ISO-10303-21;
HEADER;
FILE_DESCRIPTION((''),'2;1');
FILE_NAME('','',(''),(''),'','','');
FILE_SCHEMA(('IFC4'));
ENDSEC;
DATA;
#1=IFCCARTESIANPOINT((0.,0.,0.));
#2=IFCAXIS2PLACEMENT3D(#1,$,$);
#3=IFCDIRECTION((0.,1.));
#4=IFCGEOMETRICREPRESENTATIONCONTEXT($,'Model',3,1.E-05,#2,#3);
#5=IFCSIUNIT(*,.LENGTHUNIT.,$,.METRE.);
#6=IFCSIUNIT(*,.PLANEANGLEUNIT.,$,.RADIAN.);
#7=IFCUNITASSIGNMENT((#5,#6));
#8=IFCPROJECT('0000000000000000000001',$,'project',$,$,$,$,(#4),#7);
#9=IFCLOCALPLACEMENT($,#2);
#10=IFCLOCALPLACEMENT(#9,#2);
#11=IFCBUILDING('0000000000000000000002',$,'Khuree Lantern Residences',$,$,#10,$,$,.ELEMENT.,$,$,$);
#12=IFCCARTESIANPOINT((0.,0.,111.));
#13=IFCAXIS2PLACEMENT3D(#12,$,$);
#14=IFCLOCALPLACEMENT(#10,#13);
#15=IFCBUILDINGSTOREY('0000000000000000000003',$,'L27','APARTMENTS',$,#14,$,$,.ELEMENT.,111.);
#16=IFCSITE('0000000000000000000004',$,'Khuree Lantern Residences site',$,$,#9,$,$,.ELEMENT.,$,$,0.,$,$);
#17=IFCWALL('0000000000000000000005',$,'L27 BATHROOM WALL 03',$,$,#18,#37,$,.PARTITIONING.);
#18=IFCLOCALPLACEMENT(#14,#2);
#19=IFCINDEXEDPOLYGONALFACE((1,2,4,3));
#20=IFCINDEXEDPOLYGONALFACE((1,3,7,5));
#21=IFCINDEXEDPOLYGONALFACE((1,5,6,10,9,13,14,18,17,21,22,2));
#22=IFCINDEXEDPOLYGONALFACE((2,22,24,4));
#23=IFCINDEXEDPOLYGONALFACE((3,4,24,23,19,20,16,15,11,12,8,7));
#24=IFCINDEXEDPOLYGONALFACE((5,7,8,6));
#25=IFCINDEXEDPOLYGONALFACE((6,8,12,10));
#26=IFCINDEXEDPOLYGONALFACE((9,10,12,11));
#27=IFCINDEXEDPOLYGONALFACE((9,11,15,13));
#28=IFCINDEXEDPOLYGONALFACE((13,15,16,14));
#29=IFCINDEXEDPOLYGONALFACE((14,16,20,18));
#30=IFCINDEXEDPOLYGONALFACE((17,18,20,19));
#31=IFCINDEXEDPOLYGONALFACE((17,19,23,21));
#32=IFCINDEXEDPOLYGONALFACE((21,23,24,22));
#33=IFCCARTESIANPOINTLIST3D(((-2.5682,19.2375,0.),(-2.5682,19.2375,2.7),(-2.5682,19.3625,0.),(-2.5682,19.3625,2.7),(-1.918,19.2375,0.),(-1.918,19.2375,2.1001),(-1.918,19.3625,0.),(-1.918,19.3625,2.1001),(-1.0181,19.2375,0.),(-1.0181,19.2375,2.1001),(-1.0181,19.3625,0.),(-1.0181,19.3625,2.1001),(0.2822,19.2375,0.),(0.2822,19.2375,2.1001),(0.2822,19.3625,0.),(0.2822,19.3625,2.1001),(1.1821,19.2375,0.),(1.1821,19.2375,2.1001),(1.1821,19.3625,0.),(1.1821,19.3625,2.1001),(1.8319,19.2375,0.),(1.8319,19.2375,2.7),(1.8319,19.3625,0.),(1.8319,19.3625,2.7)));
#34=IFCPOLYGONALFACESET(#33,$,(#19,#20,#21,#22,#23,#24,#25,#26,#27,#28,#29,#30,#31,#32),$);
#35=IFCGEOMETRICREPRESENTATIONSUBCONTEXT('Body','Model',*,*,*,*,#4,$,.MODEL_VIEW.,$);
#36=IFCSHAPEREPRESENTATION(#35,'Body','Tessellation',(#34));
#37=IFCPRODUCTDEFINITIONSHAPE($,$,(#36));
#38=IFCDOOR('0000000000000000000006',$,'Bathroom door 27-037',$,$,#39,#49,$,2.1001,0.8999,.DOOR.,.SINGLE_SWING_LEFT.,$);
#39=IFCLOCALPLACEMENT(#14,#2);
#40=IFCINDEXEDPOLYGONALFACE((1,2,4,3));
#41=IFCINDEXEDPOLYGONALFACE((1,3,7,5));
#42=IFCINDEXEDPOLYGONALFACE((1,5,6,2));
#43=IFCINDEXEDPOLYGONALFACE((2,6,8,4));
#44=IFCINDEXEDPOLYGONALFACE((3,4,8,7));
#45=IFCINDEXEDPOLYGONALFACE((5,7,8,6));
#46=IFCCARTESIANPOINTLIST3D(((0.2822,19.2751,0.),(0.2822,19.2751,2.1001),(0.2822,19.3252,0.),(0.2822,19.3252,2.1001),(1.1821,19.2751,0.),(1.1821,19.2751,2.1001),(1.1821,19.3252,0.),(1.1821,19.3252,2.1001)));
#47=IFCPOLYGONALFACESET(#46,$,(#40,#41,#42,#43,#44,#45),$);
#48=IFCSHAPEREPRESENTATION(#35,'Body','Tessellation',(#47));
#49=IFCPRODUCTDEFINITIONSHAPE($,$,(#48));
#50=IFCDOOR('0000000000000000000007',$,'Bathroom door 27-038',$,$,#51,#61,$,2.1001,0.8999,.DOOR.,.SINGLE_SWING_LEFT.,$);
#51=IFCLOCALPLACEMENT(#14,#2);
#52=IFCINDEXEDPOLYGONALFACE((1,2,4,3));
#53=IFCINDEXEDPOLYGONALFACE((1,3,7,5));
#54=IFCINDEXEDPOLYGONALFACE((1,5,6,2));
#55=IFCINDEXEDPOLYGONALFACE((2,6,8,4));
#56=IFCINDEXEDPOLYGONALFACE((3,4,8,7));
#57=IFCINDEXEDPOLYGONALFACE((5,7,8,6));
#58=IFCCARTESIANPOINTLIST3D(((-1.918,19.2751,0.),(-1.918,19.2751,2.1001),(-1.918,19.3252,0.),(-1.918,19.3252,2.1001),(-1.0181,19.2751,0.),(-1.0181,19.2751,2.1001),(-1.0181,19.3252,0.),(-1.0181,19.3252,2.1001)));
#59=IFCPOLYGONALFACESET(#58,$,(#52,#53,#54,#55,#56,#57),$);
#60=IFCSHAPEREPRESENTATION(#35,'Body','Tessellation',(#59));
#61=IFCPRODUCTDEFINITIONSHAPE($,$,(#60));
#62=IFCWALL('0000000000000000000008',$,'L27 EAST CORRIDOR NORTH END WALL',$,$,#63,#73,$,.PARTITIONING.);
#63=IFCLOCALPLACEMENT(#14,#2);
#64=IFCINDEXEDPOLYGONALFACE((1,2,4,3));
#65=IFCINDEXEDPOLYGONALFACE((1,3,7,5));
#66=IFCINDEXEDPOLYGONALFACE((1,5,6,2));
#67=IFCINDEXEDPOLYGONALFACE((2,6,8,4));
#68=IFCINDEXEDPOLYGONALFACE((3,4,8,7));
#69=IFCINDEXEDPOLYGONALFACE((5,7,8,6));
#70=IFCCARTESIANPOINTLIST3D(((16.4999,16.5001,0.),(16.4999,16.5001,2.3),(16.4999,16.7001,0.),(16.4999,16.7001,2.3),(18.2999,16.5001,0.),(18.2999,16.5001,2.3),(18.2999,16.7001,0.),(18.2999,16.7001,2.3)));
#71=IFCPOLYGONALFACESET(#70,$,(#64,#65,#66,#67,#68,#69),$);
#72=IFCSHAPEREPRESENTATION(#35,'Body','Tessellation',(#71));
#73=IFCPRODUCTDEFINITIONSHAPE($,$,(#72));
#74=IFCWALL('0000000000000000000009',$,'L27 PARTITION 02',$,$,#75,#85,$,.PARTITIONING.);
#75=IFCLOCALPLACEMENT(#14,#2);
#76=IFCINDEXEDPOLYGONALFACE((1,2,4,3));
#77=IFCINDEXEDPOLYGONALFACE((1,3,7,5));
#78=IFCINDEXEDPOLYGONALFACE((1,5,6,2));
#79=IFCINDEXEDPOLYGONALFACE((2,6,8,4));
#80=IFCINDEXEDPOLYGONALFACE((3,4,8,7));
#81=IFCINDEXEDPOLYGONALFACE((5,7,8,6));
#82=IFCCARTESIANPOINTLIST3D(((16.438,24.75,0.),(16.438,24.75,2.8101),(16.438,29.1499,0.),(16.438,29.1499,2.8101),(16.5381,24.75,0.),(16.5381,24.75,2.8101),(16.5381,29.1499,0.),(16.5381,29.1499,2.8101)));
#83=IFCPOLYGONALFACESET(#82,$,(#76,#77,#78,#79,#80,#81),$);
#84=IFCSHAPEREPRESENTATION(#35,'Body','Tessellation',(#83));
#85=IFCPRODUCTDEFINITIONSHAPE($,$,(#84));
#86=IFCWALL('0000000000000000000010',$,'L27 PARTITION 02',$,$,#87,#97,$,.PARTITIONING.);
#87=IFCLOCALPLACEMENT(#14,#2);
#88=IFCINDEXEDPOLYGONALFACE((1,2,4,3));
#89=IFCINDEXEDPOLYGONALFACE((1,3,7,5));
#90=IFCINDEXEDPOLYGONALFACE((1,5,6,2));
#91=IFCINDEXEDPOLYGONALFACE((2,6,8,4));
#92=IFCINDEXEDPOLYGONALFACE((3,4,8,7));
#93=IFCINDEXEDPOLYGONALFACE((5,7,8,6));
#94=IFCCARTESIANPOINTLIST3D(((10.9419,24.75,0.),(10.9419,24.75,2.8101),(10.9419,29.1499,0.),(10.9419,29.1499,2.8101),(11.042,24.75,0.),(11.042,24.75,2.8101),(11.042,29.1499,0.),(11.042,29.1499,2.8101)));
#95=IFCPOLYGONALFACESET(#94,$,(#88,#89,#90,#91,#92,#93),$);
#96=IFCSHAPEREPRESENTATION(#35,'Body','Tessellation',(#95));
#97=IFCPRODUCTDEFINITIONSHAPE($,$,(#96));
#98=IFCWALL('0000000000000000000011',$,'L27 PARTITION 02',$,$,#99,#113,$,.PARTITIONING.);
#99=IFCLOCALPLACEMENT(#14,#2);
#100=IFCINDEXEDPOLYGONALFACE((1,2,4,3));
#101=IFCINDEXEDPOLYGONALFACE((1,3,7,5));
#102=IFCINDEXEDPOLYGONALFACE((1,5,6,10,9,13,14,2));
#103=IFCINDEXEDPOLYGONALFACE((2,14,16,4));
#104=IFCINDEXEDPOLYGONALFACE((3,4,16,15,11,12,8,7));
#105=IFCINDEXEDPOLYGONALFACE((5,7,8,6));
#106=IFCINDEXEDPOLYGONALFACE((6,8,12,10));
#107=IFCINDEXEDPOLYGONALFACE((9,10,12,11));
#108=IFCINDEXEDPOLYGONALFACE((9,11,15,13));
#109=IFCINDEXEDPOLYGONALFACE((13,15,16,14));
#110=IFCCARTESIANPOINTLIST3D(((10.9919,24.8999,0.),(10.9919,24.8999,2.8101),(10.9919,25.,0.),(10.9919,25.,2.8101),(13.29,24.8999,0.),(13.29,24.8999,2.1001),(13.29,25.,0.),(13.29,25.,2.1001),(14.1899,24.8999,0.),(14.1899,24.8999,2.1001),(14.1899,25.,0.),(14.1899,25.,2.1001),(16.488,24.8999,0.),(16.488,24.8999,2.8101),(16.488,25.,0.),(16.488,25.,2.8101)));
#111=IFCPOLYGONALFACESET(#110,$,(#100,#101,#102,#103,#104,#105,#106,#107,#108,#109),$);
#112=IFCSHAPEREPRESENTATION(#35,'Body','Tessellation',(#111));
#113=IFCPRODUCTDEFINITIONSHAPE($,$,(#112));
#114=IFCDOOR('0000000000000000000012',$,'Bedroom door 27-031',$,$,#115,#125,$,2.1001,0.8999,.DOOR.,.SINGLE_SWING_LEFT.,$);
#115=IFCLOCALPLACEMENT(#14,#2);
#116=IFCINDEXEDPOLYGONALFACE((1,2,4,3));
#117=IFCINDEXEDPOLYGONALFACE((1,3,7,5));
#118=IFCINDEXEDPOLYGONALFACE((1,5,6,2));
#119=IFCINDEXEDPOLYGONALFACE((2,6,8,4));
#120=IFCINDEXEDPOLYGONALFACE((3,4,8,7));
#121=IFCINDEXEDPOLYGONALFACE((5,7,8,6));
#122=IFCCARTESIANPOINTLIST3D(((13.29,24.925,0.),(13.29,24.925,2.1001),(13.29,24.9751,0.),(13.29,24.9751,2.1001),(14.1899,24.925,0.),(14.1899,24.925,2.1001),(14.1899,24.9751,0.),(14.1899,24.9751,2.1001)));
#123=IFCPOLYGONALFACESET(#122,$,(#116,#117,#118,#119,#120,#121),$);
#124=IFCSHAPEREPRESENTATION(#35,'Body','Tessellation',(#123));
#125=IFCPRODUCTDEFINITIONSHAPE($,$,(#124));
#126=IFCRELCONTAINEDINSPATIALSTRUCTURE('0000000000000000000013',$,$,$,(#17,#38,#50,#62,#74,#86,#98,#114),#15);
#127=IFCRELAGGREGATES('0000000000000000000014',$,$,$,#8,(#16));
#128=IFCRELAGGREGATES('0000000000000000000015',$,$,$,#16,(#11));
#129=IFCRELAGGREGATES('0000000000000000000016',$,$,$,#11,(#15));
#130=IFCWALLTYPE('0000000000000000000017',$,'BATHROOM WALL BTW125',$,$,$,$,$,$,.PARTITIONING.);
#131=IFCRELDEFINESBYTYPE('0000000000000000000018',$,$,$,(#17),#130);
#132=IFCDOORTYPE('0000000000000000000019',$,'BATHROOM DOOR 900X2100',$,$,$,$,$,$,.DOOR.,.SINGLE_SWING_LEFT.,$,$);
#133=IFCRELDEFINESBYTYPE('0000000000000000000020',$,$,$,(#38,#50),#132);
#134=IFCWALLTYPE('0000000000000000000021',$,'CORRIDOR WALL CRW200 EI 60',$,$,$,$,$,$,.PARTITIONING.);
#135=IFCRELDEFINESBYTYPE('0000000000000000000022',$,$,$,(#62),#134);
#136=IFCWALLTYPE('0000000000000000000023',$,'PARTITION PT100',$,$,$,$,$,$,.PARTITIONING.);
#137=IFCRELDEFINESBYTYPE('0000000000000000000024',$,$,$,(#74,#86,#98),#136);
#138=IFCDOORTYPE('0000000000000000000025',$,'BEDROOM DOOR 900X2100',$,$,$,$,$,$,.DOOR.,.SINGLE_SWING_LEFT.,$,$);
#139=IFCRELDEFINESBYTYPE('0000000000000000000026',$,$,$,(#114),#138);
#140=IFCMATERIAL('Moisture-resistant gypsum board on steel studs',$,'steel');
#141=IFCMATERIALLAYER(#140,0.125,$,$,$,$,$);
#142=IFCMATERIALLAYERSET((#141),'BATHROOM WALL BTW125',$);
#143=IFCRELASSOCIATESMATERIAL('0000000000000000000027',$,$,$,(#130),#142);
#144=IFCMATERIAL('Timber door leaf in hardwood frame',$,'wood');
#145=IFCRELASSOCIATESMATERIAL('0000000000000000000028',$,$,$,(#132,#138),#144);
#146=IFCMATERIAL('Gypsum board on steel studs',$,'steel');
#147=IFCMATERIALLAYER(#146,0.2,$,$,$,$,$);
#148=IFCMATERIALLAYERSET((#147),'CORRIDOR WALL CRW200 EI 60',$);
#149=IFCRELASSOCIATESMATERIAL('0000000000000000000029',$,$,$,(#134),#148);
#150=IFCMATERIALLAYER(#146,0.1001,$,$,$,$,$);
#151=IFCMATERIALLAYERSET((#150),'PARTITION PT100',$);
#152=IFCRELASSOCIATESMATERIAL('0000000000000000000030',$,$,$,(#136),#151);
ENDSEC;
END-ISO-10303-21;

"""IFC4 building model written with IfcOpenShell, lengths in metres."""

from ifc_helpers import new_model, si_unit, direction, frame, frame_2d, origin, place, context, subcontext, project, spatial, rectangle, extrude, material, layer, layer_set, type_object, element, fill, save


model = new_model("IFC4")

# Units and contexts
model_context = context("Model", 3, precision=1e-05, world=origin(), true_north=direction((0.0, 1.0)))
body_context = subcontext(model_context, "Body", "Model", "MODEL_VIEW")
ifc_project = project(units=[si_unit("LENGTHUNIT", "METRE"), si_unit("PLANEANGLEUNIT", "RADIAN")], contexts=[model_context])

# Site, building, storey
site_placement = place(None, origin())
site = spatial("IfcSite", under=ifc_project, at=site_placement, Name="Khuree Lantern Residences site", CompositionType="ELEMENT", RefElevation=0.0)
building_placement = place(site_placement, origin())
building = spatial("IfcBuilding", under=site, at=building_placement, Name="Khuree Lantern Residences", CompositionType="ELEMENT")
storey_placement = place(building_placement, frame((0.0, 0.0, 111.0)))
storey = spatial("IfcBuildingStorey", under=building, at=storey_placement, Name="L27", Description="APARTMENTS", CompositionType="ELEMENT", Elevation=111.0)

# Wall, openings, doors
ifc_material_1 = material(Name="Moisture-resistant gypsum board on steel studs", Category="steel")
ifc_layer_1 = layer(ifc_material_1, 0.125)
ifc_layer_set_1 = layer_set([ifc_layer_1], Name="BATHROOM WALL BTW125")
wall_type_1 = type_object("IfcWallType", Name="BATHROOM WALL BTW125", PredefinedType="PARTITIONING", material=ifc_layer_set_1)
wall_1_placement = place(storey_placement, frame((1.832, 19.3, 0.0), z_axis=(0.0, 0.0, 1.0), x_axis=(-1.0, 0.0, 0.0)))
wall_1 = element("IfcWall", 1, at=wall_1_placement, inside=storey, type_object=wall_type_1, Name="L27 BATHROOM WALL 03", PredefinedType="PARTITIONING", context=body_context, shape_type="SweptSolid", body=[
    extrude(rectangle(XDim=4.4001, YDim=0.125, at=frame_2d((2.2002, 0.0))), origin(), (0.0, 0.0, 1.0), 2.7),
])
opening_1_placement = place(wall_1_placement, frame((0.6499, 0.0, 0.0)))
opening_1 = element("IfcOpeningElement", 2, at=opening_1_placement, cuts=wall_1, PredefinedType="OPENING", context=body_context, shape_type="SweptSolid", body=[
    extrude(rectangle(XDim=0.8999, YDim=2.1001, at=frame_2d((0.45, 1.05))), frame((0.0, 0.0725, 0.0), z_axis=(0.0, -1.0, 0.0), x_axis=(1.0, 0.0, 0.0)), (0.0, 0.0, 1.0), 0.145),
])
opening_2_placement = place(wall_1_placement, frame((2.8501, 0.0, 0.0)))
opening_2 = element("IfcOpeningElement", 3, at=opening_2_placement, cuts=wall_1, PredefinedType="OPENING", context=body_context, shape_type="SweptSolid", body=[
    extrude(rectangle(XDim=0.8999, YDim=2.1001, at=frame_2d((0.45, 1.05))), frame((0.0, 0.0725, 0.0), z_axis=(0.0, -1.0, 0.0), x_axis=(1.0, 0.0, 0.0)), (0.0, 0.0, 1.0), 0.145),
])
ifc_material_2 = material(Name="Timber door leaf in hardwood frame", Category="wood")
door_type_1 = type_object("IfcDoorType", Name="BATHROOM DOOR 900X2100", OperationType="SINGLE_SWING_LEFT", PredefinedType="DOOR", material=ifc_material_2)
door_1_placement = place(opening_1_placement, origin())
door_1 = element("IfcDoor", 4, at=door_1_placement, inside=storey, type_object=door_type_1, Name="Bathroom door 27-037", OperationType="SINGLE_SWING_LEFT", OverallHeight=2.1001, OverallWidth=0.8999, PredefinedType="DOOR", context=body_context, shape_type="SweptSolid", body=[
    extrude(rectangle(XDim=0.8999, YDim=2.1001, at=frame_2d((0.45, 1.05))), frame((0.0, 0.0249, 0.0), z_axis=(0.0, -1.0, 0.0), x_axis=(1.0, 0.0, 0.0)), (0.0, 0.0, 1.0), 0.05),
])
fill(opening_1, door_1)
door_2_placement = place(opening_2_placement, origin())
door_2 = element("IfcDoor", 5, at=door_2_placement, inside=storey, type_object=door_type_1, Name="Bathroom door 27-038", OperationType="SINGLE_SWING_LEFT", OverallHeight=2.1001, OverallWidth=0.8999, PredefinedType="DOOR", context=body_context, shape_type="SweptSolid", body=[
    extrude(rectangle(XDim=0.8999, YDim=2.1001, at=frame_2d((0.45, 1.05))), frame((0.0, 0.0249, 0.0), z_axis=(0.0, -1.0, 0.0), x_axis=(1.0, 0.0, 0.0)), (0.0, 0.0, 1.0), 0.05),
])
fill(opening_2, door_2)

# Walls
ifc_material_3 = material(Name="Gypsum board on steel studs", Category="steel")
ifc_layer_2 = layer(ifc_material_3, 0.2)
ifc_layer_set_2 = layer_set([ifc_layer_2], Name="CORRIDOR WALL CRW200 EI 60")
wall_type_2 = type_object("IfcWallType", Name="CORRIDOR WALL CRW200 EI 60", PredefinedType="PARTITIONING", material=ifc_layer_set_2)
wall_2_placement = place(storey_placement, frame((16.5, 16.6001, 0.0), z_axis=(0.0, 0.0, 1.0), x_axis=(1.0, 0.0, 0.0)))
element("IfcWall", 6, at=wall_2_placement, inside=storey, type_object=wall_type_2, Name="L27 EAST CORRIDOR NORTH END WALL", PredefinedType="PARTITIONING", context=body_context, shape_type="SweptSolid", body=[
    extrude(rectangle(XDim=1.8, YDim=0.2, at=frame_2d((0.8999, 0.0))), origin(), (0.0, 0.0, 1.0), 2.3),
])
ifc_layer_3 = layer(ifc_material_3, 0.1001)
ifc_layer_set_3 = layer_set([ifc_layer_3], Name="PARTITION PT100")
wall_type_3 = type_object("IfcWallType", Name="PARTITION PT100", PredefinedType="PARTITIONING", material=ifc_layer_set_3)
for number, where, z_axis, x_axis, name in (
    (7, (16.488, 24.75, 0.0), (0.0, 0.0, 1.0), (0.0, 1.0, 0.0), "L27 PARTITION 02"),
    (8, (10.9919, 24.75, 0.0), (0.0, 0.0, 1.0), (0.0, 1.0, 0.0), "L27 PARTITION 02"),
):
    element("IfcWall", number, at=place(storey_placement, frame(where, z_axis=z_axis, x_axis=x_axis)), inside=storey, type_object=wall_type_3, Name=name, PredefinedType="PARTITIONING", context=body_context, shape_type="SweptSolid", body=[
        extrude(rectangle(XDim=4.3999, YDim=0.1001, at=frame_2d((2.2, 0.0))), origin(), (0.0, 0.0, 1.0), 2.8101),
    ])

# Wall, opening, door
wall_3_placement = place(storey_placement, frame((16.488, 24.95, 0.0), z_axis=(0.0, 0.0, 1.0), x_axis=(-1.0, 0.0, 0.0)))
wall_3 = element("IfcWall", 9, at=wall_3_placement, inside=storey, type_object=wall_type_3, Name="L27 PARTITION 02", PredefinedType="PARTITIONING", context=body_context, shape_type="SweptSolid", body=[
    extrude(rectangle(XDim=5.4961, YDim=0.1001, at=frame_2d((2.748, 0.0))), origin(), (0.0, 0.0, 1.0), 2.8101),
])
opening_3_placement = place(wall_3_placement, frame((2.2981, 0.0, 0.0)))
opening_3 = element("IfcOpeningElement", 10, at=opening_3_placement, cuts=wall_3, PredefinedType="OPENING", context=body_context, shape_type="SweptSolid", body=[
    extrude(rectangle(XDim=0.8999, YDim=2.1001, at=frame_2d((0.45, 1.05))), frame((0.0, 0.0601, 0.0), z_axis=(0.0, -1.0, 0.0), x_axis=(1.0, 0.0, 0.0)), (0.0, 0.0, 1.0), 0.1201),
])
door_type_2 = type_object("IfcDoorType", Name="BEDROOM DOOR 900X2100", OperationType="SINGLE_SWING_LEFT", PredefinedType="DOOR", material=ifc_material_2)
door_3_placement = place(opening_3_placement, origin())
door_3 = element("IfcDoor", 11, at=door_3_placement, inside=storey, type_object=door_type_2, Name="Bedroom door 27-031", OperationType="SINGLE_SWING_LEFT", OverallHeight=2.1001, OverallWidth=0.8999, PredefinedType="DOOR", context=body_context, shape_type="SweptSolid", body=[
    extrude(rectangle(XDim=0.8999, YDim=2.1001, at=frame_2d((0.45, 1.05))), frame((0.0, 0.0249, 0.0), z_axis=(0.0, -1.0, 0.0), x_axis=(1.0, 0.0, 0.0)), (0.0, 0.0, 1.0), 0.05),
])
fill(opening_3, door_3)

save(model, "model.ifc")
